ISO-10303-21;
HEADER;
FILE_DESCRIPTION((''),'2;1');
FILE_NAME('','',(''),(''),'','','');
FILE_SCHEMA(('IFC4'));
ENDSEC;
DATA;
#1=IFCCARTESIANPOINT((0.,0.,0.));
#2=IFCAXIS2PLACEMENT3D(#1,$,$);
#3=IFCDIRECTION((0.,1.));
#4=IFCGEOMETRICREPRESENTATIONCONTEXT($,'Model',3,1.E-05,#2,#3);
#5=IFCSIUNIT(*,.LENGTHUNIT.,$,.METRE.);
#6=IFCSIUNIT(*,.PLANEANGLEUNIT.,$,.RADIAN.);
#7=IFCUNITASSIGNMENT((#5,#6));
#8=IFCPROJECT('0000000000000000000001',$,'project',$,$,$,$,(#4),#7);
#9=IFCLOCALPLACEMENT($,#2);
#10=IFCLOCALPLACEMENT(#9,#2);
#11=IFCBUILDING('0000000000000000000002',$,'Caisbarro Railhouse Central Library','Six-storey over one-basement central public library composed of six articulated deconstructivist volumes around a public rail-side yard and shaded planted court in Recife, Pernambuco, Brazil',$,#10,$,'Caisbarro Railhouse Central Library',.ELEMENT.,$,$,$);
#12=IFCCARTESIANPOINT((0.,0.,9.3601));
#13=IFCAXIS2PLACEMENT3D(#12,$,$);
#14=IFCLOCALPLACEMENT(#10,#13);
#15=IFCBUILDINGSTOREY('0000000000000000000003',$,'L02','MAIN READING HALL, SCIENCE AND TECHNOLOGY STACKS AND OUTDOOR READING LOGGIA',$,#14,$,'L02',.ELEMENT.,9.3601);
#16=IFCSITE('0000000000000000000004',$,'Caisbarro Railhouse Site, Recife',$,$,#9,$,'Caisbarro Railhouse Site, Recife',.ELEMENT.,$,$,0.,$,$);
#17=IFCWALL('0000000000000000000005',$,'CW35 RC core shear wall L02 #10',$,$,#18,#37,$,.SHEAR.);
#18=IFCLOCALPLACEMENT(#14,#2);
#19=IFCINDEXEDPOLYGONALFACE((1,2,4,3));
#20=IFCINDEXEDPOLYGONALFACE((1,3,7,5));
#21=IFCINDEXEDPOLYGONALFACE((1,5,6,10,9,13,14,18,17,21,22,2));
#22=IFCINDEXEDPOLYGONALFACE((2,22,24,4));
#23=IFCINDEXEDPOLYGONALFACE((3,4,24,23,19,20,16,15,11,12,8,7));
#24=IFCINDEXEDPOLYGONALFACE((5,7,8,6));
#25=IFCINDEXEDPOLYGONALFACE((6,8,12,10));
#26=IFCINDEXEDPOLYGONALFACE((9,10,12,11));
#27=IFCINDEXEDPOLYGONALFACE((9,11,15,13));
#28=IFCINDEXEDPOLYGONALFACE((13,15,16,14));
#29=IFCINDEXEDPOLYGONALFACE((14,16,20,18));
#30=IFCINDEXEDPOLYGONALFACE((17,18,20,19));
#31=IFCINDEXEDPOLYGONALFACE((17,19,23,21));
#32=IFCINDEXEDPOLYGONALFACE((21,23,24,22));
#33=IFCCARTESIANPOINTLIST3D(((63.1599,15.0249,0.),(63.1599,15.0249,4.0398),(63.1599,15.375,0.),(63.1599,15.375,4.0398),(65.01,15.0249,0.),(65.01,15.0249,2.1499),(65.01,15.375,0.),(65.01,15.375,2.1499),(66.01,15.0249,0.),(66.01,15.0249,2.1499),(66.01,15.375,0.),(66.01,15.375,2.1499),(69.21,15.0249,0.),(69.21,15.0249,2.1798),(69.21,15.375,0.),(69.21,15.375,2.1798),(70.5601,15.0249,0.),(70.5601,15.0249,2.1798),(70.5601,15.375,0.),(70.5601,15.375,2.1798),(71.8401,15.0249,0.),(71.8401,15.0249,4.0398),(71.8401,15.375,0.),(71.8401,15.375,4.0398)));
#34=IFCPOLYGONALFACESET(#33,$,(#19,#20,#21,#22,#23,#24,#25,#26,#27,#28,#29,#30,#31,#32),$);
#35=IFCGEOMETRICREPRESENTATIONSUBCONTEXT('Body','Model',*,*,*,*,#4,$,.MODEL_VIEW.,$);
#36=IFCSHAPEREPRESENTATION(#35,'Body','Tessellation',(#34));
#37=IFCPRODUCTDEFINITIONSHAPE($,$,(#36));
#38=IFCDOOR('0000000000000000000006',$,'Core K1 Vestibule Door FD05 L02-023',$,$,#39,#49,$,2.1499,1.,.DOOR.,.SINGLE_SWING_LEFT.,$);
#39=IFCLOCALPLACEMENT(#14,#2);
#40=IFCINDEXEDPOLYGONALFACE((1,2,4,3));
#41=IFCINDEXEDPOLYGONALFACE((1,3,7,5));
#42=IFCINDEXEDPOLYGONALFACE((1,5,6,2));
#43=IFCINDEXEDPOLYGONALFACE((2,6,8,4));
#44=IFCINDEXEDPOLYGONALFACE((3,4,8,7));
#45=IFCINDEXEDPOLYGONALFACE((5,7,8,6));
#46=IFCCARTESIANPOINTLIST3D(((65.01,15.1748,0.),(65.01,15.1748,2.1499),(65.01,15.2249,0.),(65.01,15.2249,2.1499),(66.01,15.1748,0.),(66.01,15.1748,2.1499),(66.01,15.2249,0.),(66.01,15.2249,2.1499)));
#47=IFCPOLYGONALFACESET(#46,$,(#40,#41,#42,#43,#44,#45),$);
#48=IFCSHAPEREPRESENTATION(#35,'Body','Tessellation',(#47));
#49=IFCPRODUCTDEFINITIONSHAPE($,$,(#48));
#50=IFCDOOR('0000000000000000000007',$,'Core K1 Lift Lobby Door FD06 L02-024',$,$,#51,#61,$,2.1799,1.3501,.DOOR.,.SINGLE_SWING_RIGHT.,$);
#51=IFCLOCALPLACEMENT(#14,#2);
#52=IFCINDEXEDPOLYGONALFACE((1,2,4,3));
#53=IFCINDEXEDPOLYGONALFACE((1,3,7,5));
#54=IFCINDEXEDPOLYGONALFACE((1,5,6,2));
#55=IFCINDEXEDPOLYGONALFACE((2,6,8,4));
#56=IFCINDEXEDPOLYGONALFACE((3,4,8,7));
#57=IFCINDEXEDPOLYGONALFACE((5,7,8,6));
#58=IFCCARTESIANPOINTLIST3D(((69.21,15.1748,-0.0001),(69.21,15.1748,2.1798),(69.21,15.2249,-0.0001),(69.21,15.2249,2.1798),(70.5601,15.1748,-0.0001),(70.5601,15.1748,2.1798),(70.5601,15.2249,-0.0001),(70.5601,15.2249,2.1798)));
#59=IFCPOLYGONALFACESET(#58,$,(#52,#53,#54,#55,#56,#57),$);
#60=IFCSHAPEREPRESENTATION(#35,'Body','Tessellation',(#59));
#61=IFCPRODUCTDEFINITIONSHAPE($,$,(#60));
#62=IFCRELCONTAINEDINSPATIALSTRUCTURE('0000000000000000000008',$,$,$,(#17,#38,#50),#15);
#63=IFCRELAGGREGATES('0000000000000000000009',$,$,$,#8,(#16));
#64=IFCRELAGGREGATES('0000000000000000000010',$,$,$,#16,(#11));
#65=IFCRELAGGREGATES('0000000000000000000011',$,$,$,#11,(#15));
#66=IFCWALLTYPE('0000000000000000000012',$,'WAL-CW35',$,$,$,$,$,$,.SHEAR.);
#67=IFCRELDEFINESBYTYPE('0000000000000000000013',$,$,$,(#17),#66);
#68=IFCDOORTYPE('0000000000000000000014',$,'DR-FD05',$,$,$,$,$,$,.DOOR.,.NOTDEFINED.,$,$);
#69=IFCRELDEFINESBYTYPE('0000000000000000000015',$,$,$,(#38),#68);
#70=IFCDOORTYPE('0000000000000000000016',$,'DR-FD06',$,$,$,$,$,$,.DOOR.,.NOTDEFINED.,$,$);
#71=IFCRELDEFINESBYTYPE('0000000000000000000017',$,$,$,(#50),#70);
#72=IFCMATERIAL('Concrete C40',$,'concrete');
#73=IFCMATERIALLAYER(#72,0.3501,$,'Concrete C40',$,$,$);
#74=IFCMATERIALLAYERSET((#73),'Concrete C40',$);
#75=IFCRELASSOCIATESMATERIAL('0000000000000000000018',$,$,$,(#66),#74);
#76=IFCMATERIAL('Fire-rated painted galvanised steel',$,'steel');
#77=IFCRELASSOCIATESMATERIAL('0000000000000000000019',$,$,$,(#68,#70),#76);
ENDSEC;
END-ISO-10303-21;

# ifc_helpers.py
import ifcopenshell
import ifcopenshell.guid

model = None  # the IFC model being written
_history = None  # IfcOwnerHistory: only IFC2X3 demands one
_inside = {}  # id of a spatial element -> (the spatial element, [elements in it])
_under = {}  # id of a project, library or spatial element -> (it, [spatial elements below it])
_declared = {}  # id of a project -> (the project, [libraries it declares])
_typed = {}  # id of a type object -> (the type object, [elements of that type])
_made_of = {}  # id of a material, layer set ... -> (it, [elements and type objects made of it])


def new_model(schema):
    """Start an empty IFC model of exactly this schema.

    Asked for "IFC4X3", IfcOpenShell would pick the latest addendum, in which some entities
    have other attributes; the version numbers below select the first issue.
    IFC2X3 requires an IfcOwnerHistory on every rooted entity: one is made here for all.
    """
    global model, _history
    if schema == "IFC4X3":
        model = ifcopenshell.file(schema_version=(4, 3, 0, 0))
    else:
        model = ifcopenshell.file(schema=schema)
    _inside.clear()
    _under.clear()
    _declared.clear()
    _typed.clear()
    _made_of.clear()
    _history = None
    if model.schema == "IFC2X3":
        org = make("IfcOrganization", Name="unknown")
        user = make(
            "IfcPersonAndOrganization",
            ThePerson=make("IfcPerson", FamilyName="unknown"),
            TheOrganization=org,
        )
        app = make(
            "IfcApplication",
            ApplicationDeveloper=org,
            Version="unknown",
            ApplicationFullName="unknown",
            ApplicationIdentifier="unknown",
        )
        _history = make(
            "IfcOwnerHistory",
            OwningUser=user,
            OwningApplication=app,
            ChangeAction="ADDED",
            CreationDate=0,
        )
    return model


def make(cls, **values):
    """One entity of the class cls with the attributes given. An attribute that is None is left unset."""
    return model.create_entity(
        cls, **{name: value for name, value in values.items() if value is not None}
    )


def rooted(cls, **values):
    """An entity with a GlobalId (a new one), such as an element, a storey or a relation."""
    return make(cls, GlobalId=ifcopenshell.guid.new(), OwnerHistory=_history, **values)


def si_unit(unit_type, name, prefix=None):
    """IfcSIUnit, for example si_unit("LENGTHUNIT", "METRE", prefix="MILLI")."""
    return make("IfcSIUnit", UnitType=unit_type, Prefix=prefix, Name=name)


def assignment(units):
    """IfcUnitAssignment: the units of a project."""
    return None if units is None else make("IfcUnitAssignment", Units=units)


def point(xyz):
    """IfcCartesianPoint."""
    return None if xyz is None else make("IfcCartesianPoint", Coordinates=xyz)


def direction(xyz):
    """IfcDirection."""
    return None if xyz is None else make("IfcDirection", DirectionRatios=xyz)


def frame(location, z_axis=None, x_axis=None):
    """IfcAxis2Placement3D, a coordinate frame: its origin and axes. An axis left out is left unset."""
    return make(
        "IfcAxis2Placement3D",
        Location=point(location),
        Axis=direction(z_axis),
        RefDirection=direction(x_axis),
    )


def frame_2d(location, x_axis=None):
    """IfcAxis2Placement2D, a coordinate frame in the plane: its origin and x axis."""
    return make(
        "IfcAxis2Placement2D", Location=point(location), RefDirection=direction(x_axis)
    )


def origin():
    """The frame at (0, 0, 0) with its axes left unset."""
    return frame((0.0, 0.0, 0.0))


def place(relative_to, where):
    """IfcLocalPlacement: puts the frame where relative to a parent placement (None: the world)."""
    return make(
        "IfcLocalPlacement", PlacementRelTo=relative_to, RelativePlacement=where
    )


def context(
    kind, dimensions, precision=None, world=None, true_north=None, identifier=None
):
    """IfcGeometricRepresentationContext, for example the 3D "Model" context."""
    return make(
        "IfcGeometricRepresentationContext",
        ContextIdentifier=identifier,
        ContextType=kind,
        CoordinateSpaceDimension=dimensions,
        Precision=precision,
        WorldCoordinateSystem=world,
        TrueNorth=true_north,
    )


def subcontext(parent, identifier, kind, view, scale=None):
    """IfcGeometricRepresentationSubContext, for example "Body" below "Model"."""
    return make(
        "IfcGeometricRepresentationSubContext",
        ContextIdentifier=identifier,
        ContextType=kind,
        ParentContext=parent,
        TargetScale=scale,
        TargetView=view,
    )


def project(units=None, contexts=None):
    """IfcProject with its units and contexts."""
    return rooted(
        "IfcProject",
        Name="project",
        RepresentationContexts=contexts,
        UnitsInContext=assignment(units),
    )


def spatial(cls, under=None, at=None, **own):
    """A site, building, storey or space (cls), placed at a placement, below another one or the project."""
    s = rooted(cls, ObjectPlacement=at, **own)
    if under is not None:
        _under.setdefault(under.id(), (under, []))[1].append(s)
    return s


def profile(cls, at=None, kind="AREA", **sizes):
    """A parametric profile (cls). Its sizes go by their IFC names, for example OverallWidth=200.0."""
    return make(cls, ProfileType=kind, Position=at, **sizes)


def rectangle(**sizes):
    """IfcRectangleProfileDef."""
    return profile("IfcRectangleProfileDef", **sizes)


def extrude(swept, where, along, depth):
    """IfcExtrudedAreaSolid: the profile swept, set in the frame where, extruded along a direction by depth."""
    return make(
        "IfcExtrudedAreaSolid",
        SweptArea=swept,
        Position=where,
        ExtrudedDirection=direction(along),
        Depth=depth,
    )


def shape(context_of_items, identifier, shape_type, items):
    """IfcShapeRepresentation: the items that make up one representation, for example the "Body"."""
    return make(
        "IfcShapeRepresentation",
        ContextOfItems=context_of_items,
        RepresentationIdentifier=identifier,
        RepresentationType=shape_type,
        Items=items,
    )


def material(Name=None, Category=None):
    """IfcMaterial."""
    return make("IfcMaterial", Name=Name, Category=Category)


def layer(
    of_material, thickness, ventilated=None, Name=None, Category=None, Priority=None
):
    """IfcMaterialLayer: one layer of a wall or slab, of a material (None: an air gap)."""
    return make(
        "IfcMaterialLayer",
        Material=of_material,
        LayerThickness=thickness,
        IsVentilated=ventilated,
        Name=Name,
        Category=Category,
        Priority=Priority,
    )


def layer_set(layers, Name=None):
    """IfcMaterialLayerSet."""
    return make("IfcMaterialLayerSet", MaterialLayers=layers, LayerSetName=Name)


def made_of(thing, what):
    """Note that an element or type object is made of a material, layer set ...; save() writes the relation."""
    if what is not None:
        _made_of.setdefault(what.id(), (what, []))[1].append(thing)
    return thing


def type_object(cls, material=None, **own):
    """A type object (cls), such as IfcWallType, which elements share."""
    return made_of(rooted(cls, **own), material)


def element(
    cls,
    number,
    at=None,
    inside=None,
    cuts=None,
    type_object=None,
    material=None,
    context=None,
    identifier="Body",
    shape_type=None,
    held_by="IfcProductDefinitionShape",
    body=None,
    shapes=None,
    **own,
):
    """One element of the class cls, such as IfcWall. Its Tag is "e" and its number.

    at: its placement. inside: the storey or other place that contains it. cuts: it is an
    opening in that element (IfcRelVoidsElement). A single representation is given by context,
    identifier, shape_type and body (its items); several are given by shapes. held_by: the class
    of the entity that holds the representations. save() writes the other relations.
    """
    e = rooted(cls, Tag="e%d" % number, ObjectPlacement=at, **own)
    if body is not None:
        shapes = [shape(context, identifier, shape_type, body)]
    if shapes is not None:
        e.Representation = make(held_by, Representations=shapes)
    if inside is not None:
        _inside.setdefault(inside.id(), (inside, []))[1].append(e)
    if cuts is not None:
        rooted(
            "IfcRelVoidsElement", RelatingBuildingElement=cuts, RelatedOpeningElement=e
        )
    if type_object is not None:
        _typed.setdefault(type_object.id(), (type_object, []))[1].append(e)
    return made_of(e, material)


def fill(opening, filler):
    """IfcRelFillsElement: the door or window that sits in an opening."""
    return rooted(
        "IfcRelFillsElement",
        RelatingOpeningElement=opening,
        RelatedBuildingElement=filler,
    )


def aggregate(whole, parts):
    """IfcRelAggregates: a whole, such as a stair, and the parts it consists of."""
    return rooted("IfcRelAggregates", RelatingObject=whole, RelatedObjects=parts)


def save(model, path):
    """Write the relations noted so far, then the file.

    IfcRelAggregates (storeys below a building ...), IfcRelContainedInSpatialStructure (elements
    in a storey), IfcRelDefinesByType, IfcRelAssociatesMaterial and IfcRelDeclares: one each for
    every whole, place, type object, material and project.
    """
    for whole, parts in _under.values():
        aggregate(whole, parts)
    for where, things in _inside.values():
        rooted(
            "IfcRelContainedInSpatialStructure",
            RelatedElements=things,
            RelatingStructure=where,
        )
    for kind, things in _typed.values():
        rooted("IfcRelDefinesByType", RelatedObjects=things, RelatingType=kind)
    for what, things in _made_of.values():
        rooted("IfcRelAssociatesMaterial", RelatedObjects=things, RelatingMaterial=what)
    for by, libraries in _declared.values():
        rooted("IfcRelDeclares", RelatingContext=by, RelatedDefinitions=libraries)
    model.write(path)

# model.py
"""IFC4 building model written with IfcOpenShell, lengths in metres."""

from ifc_helpers import new_model, si_unit, direction, frame, frame_2d, origin, place, context, subcontext, project, spatial, rectangle, extrude, material, layer, layer_set, type_object, element, fill, save


model = new_model("IFC4")

# Units and contexts
model_context = context("Model", 3, precision=1e-05, world=origin(), true_north=direction((0.0, 1.0)))
body_context = subcontext(model_context, "Body", "Model", "MODEL_VIEW")
ifc_project = project(units=[si_unit("LENGTHUNIT", "METRE"), si_unit("PLANEANGLEUNIT", "RADIAN")], contexts=[model_context])

# Site, building, storey
site_placement = place(None, origin())
site = spatial("IfcSite", under=ifc_project, at=site_placement, Name="Caisbarro Railhouse Site, Recife", LongName="Caisbarro Railhouse Site, Recife", CompositionType="ELEMENT", RefElevation=0.0)
building_placement = place(site_placement, origin())
building = spatial("IfcBuilding", under=site, at=building_placement, Name="Caisbarro Railhouse Central Library", Description="Six-storey over one-basement central public library composed of six articulated deconstructivist volumes around a public rail-side yard and shaded planted court in Recife, Pernambuco, Brazil", LongName="Caisbarro Railhouse Central Library", CompositionType="ELEMENT")
storey_placement = place(building_placement, frame((0.0, 0.0, 9.3601)))
storey = spatial("IfcBuildingStorey", under=building, at=storey_placement, Name="L02", Description="MAIN READING HALL, SCIENCE AND TECHNOLOGY STACKS AND OUTDOOR READING LOGGIA", LongName="L02", CompositionType="ELEMENT", Elevation=9.3601)

# Shared definitions
ifc_material_1 = material(Name="Concrete C40", Category="concrete")

# Wall, openings, doors
ifc_layer_1 = layer(ifc_material_1, 0.3501, Name="Concrete C40")
ifc_layer_set_1 = layer_set([ifc_layer_1], Name="Concrete C40")
wall_type_1 = type_object("IfcWallType", Name="WAL-CW35", PredefinedType="SHEAR", material=ifc_layer_set_1)
wall_1_placement = place(storey_placement, frame((63.1599, 15.2, 0.0), z_axis=(0.0, 0.0, 1.0), x_axis=(1.0, 0.0, 0.0)))
wall_1 = element("IfcWall", 1, at=wall_1_placement, inside=storey, type_object=wall_type_1, Name="CW35 RC core shear wall L02 #10", PredefinedType="SHEAR", context=body_context, shape_type="SweptSolid", body=[
    extrude(rectangle(XDim=8.6802, YDim=0.3501, at=frame_2d((4.3401, 0.0))), origin(), (0.0, 0.0, 1.0), 4.0398),
])
opening_1_placement = place(wall_1_placement, frame((1.8501, 0.0, 0.0)))
opening_1 = element("IfcOpeningElement", 2, at=opening_1_placement, cuts=wall_1, PredefinedType="OPENING", context=body_context, shape_type="SweptSolid", body=[
    extrude(rectangle(XDim=1.0, YDim=2.1499, at=frame_2d((0.5, 1.075))), frame((0.0, 0.1851, 0.0), z_axis=(0.0, -1.0, 0.0), x_axis=(1.0, 0.0, 0.0)), (0.0, 0.0, 1.0), 0.3701),
])
opening_2_placement = place(wall_1_placement, frame((6.05, 0.0, 0.0)))
opening_2 = element("IfcOpeningElement", 3, at=opening_2_placement, cuts=wall_1, PredefinedType="OPENING", context=body_context, shape_type="SweptSolid", body=[
    extrude(rectangle(XDim=1.3501, YDim=2.1799, at=frame_2d((0.675, 1.0898))), frame((0.0, 0.1851, 0.0), z_axis=(0.0, -1.0, 0.0), x_axis=(1.0, 0.0, 0.0)), (0.0, 0.0, 1.0), 0.3701),
])
ifc_material_2 = material(Name="Fire-rated painted galvanised steel", Category="steel")
door_type_1 = type_object("IfcDoorType", Name="DR-FD05", OperationType="NOTDEFINED", PredefinedType="DOOR", material=ifc_material_2)
door_1_placement = place(opening_1_placement, origin())
door_1 = element("IfcDoor", 4, at=door_1_placement, inside=storey, type_object=door_type_1, Name="Core K1 Vestibule Door FD05 L02-023", OperationType="SINGLE_SWING_LEFT", OverallHeight=2.1499, OverallWidth=1.0, PredefinedType="DOOR", context=body_context, shape_type="SweptSolid", body=[
    extrude(rectangle(XDim=1.0, YDim=2.1499, at=frame_2d((0.5, 1.075))), frame((0.0, 0.0249, 0.0), z_axis=(0.0, -1.0, 0.0), x_axis=(1.0, 0.0, 0.0)), (0.0, 0.0, 1.0), 0.05),
])
fill(opening_1, door_1)
door_type_2 = type_object("IfcDoorType", Name="DR-FD06", OperationType="NOTDEFINED", PredefinedType="DOOR", material=ifc_material_2)
door_2_placement = place(opening_2_placement, origin())
door_2 = element("IfcDoor", 5, at=door_2_placement, inside=storey, type_object=door_type_2, Name="Core K1 Lift Lobby Door FD06 L02-024", OperationType="SINGLE_SWING_RIGHT", OverallHeight=2.1799, OverallWidth=1.3501, PredefinedType="DOOR", context=body_context, shape_type="SweptSolid", body=[
    extrude(rectangle(XDim=1.3501, YDim=2.1799, at=frame_2d((0.675, 1.0898))), frame((0.0, 0.0249, 0.0), z_axis=(0.0, -1.0, 0.0), x_axis=(1.0, 0.0, 0.0)), (0.0, 0.0, 1.0), 0.05),
])
fill(opening_2, door_2)

save(model, "model.ifc")
